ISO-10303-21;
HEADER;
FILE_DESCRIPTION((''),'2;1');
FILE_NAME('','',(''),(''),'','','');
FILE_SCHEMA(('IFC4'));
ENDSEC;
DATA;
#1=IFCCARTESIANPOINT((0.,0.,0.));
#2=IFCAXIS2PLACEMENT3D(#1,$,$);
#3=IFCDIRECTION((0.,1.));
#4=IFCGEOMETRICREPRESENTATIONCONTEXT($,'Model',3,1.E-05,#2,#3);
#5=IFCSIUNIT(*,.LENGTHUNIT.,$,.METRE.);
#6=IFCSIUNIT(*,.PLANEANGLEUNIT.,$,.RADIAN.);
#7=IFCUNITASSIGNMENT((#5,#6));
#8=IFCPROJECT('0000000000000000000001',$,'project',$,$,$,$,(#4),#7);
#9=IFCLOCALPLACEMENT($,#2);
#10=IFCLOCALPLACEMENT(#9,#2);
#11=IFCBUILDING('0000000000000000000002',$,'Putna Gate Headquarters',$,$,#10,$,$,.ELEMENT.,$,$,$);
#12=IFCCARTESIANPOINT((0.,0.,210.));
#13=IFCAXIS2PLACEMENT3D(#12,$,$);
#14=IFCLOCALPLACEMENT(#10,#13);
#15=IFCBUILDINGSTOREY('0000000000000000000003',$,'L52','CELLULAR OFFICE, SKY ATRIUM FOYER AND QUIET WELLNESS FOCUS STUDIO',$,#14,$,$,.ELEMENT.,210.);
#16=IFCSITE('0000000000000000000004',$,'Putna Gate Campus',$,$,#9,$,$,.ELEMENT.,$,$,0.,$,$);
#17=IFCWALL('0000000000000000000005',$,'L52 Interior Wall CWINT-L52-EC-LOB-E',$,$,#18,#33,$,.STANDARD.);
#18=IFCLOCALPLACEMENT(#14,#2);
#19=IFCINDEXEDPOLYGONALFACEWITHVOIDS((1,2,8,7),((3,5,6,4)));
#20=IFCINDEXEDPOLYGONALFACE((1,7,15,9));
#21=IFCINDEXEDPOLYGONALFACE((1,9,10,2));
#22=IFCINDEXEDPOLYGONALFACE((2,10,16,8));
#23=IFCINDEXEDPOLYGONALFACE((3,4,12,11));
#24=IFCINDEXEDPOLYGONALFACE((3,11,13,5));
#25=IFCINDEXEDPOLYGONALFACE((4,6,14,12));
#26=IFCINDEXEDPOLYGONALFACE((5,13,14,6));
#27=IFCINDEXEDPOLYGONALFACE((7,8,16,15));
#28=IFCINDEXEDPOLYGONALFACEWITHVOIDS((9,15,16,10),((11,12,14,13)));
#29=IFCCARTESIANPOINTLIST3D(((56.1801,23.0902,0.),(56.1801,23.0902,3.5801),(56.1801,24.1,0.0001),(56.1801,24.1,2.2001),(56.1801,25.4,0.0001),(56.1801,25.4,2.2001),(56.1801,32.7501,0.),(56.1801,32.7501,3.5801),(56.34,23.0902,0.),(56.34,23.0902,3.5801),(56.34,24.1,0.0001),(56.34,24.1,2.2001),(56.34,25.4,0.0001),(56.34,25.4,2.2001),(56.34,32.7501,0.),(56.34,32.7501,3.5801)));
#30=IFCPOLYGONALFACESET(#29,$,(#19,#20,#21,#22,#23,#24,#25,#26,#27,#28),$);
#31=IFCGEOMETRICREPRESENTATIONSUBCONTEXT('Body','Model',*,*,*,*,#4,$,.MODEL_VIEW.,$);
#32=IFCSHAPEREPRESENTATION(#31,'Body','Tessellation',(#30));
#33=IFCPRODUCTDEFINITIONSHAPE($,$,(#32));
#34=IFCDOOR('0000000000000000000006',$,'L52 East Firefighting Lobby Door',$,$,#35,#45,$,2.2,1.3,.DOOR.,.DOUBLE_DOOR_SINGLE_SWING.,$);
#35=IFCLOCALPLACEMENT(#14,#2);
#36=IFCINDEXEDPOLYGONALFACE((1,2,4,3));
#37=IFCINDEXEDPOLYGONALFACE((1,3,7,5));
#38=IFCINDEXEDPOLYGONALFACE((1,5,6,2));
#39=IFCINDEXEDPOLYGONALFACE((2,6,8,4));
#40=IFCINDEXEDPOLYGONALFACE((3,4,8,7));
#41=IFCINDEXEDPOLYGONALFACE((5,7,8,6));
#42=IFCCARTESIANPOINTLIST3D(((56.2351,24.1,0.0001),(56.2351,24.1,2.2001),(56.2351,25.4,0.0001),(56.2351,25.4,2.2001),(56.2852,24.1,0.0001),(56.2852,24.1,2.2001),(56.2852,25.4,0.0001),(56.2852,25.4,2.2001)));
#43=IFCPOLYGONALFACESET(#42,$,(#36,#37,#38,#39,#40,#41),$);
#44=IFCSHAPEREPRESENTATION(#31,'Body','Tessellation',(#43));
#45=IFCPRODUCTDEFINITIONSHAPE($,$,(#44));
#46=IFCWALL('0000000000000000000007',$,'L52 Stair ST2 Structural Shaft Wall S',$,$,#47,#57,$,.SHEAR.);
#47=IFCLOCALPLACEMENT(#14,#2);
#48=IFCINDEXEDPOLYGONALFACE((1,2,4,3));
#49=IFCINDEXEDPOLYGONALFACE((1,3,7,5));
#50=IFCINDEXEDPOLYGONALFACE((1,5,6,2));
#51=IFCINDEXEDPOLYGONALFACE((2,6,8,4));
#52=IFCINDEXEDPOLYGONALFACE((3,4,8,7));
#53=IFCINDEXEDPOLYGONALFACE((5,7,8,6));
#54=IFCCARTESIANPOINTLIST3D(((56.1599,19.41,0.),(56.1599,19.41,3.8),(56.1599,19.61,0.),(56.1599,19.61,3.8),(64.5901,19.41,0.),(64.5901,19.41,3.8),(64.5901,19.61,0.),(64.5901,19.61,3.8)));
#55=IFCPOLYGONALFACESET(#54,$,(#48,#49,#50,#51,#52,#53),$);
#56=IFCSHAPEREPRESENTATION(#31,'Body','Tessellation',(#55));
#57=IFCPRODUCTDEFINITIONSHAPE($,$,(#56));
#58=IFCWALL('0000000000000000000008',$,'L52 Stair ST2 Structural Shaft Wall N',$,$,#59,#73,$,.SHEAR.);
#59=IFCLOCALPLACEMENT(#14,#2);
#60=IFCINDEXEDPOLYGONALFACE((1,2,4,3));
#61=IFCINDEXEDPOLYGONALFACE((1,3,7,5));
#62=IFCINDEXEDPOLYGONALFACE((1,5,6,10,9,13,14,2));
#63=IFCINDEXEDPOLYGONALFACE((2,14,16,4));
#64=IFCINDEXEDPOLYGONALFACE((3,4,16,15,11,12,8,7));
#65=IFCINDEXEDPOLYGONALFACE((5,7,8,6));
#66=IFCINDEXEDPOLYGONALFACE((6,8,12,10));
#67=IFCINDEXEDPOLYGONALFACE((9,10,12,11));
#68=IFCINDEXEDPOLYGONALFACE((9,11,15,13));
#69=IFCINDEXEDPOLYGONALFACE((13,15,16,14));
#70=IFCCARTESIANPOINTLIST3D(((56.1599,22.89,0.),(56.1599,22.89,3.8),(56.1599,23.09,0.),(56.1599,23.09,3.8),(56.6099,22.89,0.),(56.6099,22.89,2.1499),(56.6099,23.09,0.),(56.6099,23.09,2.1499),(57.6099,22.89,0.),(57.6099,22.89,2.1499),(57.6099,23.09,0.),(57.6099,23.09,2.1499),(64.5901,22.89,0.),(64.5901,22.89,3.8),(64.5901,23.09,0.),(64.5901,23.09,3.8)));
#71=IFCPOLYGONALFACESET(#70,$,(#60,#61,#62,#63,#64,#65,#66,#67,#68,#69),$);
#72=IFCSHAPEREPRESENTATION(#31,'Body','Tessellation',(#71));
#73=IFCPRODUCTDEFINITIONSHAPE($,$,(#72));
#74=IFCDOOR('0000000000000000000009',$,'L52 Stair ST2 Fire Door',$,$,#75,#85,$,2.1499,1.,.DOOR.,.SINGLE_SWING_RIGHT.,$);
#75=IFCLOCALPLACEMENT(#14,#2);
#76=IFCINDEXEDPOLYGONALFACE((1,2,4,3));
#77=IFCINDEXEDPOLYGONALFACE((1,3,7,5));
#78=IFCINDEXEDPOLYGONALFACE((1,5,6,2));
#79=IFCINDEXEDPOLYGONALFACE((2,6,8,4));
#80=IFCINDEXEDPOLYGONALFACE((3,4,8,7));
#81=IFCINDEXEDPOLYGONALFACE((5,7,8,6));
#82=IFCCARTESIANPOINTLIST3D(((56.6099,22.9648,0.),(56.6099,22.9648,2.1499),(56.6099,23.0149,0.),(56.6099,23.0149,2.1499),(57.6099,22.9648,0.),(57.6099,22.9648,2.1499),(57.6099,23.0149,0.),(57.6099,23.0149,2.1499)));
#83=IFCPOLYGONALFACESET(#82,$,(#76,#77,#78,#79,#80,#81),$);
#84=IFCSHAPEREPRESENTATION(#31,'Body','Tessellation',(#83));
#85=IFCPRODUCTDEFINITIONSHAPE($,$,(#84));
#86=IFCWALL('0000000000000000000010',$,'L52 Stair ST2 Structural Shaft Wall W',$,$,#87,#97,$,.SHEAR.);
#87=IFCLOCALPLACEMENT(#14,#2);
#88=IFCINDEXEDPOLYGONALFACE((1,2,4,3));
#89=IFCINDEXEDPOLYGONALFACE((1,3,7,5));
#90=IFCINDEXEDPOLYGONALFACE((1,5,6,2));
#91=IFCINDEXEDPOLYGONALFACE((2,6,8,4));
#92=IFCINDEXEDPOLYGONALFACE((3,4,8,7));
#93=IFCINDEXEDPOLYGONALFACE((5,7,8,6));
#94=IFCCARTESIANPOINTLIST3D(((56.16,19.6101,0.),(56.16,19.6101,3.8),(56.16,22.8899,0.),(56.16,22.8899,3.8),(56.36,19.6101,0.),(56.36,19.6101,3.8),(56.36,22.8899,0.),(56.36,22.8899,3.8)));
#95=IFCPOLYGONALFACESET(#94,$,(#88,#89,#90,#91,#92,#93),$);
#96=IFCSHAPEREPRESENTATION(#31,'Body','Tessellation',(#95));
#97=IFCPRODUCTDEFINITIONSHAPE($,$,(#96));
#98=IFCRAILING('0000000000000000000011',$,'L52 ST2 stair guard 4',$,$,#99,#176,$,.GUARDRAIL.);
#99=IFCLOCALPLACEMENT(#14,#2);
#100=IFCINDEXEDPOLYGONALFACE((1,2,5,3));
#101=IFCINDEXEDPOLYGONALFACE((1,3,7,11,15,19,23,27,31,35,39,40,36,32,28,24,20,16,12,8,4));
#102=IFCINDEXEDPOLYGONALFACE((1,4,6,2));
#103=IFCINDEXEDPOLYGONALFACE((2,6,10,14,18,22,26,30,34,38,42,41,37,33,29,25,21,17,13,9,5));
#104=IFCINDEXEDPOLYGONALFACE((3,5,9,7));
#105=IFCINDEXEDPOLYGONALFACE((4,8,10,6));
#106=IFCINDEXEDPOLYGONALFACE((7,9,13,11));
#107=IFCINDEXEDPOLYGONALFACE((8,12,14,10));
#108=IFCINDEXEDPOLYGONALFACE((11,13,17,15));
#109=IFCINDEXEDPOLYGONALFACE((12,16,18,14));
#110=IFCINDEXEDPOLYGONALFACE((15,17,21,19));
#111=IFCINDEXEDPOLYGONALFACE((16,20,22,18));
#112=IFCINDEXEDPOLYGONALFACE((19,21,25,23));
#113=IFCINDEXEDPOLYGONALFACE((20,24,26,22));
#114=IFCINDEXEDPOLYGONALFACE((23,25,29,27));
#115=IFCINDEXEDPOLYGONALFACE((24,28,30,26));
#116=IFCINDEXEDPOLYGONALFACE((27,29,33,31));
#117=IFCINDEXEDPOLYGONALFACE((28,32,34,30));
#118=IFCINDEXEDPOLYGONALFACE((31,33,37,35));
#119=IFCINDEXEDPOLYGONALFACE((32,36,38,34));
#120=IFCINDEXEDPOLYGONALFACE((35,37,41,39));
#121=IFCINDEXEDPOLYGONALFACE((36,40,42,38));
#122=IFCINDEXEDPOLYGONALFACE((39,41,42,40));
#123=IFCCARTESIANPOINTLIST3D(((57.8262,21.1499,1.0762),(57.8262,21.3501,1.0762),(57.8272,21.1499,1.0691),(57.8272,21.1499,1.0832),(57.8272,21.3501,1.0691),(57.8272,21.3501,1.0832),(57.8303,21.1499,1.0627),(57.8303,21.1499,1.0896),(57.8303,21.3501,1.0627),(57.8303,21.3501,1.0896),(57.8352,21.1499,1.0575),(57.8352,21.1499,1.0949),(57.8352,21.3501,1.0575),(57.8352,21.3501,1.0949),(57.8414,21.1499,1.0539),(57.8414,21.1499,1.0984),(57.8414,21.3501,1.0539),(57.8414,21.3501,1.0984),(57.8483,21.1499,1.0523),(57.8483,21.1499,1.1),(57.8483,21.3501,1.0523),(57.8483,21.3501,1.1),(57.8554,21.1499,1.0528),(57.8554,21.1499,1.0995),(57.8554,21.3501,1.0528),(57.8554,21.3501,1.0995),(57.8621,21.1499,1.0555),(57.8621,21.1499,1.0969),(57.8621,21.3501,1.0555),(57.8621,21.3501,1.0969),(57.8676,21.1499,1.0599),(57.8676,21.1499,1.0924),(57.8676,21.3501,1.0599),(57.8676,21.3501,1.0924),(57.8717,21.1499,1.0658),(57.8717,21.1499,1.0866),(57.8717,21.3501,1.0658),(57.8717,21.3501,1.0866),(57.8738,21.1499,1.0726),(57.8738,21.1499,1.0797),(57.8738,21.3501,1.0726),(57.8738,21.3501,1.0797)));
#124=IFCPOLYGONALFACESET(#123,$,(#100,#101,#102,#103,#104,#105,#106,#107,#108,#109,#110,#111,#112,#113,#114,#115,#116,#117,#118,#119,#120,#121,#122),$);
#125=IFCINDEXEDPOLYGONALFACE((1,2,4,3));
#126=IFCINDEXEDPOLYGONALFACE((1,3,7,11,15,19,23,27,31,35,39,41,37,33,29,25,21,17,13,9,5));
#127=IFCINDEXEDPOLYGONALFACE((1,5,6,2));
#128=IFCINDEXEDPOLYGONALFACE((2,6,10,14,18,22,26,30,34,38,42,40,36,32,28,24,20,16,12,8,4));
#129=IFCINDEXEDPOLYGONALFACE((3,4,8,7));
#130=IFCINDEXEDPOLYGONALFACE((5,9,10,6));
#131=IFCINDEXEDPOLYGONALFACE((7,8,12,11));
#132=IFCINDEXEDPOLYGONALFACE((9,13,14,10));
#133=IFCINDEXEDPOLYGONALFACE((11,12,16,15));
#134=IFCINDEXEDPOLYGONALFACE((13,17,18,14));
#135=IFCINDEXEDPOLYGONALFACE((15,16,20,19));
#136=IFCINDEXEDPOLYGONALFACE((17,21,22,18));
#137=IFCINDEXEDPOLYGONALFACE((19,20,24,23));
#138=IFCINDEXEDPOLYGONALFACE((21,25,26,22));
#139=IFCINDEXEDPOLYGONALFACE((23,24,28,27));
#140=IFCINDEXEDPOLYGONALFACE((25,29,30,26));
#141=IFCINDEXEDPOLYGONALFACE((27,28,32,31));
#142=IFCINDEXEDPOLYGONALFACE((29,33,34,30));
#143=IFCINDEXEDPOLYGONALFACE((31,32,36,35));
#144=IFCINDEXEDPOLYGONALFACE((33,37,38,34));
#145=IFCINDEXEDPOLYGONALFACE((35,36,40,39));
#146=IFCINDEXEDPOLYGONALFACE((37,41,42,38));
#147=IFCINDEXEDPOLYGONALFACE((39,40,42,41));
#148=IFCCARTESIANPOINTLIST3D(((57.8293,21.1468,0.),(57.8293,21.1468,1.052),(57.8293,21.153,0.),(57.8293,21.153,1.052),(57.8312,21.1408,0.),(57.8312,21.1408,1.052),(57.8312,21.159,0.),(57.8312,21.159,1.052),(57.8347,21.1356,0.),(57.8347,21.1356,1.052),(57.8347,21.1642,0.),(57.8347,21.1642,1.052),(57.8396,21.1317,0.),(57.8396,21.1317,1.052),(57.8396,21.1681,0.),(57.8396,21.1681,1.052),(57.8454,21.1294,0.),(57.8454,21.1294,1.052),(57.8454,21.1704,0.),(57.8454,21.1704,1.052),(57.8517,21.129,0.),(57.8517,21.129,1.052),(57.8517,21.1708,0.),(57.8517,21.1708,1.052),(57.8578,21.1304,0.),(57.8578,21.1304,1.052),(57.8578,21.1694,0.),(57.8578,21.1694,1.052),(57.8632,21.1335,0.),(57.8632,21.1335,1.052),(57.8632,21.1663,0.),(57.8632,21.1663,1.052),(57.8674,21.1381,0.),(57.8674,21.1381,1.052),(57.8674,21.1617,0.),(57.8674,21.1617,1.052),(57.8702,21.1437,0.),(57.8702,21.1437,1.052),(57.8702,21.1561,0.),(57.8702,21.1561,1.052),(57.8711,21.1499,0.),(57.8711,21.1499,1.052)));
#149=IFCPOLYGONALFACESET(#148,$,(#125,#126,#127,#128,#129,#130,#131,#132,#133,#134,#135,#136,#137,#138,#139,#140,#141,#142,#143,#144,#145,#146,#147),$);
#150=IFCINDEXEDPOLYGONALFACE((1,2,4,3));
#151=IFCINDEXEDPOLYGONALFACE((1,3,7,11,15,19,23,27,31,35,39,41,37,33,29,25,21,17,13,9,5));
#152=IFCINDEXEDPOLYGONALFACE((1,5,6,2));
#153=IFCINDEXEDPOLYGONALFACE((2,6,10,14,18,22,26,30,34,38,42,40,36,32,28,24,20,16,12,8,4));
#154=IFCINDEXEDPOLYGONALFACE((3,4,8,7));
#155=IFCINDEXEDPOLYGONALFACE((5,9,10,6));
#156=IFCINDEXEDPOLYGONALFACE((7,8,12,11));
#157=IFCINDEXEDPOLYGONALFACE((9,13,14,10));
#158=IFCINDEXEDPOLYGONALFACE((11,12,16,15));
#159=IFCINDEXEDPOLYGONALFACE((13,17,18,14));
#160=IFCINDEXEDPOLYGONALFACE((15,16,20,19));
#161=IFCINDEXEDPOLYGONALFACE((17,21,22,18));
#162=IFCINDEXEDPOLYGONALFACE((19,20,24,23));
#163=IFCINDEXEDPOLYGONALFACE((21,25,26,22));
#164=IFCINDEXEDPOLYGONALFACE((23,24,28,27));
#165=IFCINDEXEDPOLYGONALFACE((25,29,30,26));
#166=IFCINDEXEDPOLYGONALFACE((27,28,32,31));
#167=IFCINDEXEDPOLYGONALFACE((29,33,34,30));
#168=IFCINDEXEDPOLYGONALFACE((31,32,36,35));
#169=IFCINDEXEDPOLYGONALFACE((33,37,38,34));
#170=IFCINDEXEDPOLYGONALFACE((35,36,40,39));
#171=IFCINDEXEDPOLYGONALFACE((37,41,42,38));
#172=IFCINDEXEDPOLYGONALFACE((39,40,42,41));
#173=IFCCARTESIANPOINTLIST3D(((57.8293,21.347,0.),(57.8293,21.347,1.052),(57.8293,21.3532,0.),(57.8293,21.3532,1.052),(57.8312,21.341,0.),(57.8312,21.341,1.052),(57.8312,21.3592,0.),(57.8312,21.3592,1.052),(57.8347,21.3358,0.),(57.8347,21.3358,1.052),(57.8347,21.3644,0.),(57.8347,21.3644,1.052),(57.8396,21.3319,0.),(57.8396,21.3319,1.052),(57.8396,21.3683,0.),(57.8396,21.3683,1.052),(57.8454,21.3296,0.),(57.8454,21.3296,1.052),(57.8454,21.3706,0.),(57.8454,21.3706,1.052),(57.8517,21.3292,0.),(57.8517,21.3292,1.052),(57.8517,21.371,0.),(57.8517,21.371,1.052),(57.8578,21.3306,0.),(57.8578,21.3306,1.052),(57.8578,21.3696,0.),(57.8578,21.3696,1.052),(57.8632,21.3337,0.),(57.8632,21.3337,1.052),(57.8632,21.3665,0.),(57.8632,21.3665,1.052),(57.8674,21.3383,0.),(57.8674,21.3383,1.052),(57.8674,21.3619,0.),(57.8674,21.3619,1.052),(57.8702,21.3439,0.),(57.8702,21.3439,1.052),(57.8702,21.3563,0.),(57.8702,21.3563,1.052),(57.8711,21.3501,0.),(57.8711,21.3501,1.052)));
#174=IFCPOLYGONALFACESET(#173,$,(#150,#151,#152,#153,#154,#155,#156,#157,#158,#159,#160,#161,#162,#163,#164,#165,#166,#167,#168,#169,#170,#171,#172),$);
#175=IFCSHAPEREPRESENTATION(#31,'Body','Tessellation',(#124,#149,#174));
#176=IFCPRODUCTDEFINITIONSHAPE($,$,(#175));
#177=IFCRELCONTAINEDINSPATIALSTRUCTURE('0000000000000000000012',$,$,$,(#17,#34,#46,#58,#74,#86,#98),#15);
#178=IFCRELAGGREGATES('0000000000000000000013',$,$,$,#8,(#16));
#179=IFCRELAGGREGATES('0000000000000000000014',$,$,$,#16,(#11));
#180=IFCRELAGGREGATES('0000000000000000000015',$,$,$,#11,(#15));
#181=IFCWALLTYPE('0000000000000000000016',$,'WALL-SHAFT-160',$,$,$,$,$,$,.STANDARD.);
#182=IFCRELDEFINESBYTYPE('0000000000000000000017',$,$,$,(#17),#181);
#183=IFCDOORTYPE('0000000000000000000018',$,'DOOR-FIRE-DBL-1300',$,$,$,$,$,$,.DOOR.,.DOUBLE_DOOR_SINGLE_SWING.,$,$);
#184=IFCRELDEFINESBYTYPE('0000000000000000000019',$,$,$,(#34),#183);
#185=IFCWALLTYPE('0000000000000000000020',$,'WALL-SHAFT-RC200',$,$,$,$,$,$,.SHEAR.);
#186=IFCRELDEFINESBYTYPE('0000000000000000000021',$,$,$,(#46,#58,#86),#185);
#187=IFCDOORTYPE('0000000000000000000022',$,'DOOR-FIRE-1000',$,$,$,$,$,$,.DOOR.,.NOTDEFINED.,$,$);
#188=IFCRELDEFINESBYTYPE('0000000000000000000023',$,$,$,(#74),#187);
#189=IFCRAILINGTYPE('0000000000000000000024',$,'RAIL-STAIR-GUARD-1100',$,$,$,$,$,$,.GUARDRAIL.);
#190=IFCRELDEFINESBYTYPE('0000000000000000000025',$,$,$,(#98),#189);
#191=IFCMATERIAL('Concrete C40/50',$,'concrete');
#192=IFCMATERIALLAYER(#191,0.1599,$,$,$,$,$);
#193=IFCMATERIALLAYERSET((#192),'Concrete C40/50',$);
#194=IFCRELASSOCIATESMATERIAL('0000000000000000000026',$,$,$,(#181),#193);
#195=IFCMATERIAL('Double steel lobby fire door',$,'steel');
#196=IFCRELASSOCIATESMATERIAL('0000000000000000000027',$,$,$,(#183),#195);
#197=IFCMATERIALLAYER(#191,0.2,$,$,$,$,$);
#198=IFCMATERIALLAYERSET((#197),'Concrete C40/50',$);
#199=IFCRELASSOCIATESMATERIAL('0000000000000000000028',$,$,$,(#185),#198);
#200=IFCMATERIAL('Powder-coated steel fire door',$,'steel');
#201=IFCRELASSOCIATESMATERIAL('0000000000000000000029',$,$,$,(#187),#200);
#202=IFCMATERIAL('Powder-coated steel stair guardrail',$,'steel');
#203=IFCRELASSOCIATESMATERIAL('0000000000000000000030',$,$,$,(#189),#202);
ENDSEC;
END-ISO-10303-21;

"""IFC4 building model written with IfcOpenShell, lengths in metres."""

from ifc_helpers import new_model, si_unit, direction, frame, frame_2d, origin, origin_2d, place, context, subcontext, project, spatial, rectangle, circle, extrude, material, layer, layer_set, type_object, element, fill, save


model = new_model("IFC4")

# Units and contexts
model_context = context("Model", 3, precision=1e-05, world=origin(), true_north=direction((0.0, 1.0)))
body_context = subcontext(model_context, "Body", "Model", "MODEL_VIEW")
ifc_project = project(units=[si_unit("LENGTHUNIT", "METRE"), si_unit("PLANEANGLEUNIT", "RADIAN")], contexts=[model_context])

# Site, building, storey
site_placement = place(None, origin())
site = spatial("IfcSite", under=ifc_project, at=site_placement, Name="Putna Gate Campus", CompositionType="ELEMENT", RefElevation=0.0)
building_placement = place(site_placement, origin())
building = spatial("IfcBuilding", under=site, at=building_placement, Name="Putna Gate Headquarters", CompositionType="ELEMENT")
storey_placement = place(building_placement, frame((0.0, 0.0, 210.0)))
storey = spatial("IfcBuildingStorey", under=building, at=storey_placement, Name="L52", Description="CELLULAR OFFICE, SKY ATRIUM FOYER AND QUIET WELLNESS FOCUS STUDIO", CompositionType="ELEMENT", Elevation=210.0)

# Shared definitions
ifc_material_1 = material(Name="Concrete C40/50", Category="concrete")
ifc_layer_1 = layer(ifc_material_1, 0.1599)
ifc_layer_set_1 = layer_set([ifc_layer_1], Name="Concrete C40/50")
wall_type_1 = type_object("IfcWallType", Name="WALL-SHAFT-160", PredefinedType="STANDARD", material=ifc_layer_set_1)

# Wall, opening, door
wall_1_placement = place(storey_placement, frame((56.26, 23.0901, 0.0), z_axis=(0.0, 0.0, 1.0), x_axis=(0.0, 1.0, 0.0)))
wall_1 = element("IfcWall", 1, at=wall_1_placement, inside=storey, type_object=wall_type_1, Name="L52 Interior Wall CWINT-L52-EC-LOB-E", PredefinedType="STANDARD", context=body_context, shape_type="SweptSolid", body=[
    extrude(rectangle(XDim=9.6599, YDim=0.1599, at=frame_2d((4.8301, 0.0))), origin(), (0.0, 0.0, 1.0), 3.5801),
])
opening_1_placement = place(wall_1_placement, frame((1.01, 0.0, 0.0)))
opening_1 = element("IfcOpeningElement", 2, at=opening_1_placement, cuts=wall_1, PredefinedType="OPENING", context=body_context, shape_type="SweptSolid", body=[
    extrude(rectangle(XDim=1.3, YDim=2.2, at=frame_2d((0.6499, 1.1001))), frame((0.0, 0.0898, 0.0), z_axis=(0.0, -1.0, 0.0), x_axis=(1.0, 0.0, 0.0)), (0.0, 0.0, 1.0), 0.1799),
])
ifc_material_2 = material(Name="Double steel lobby fire door", Category="steel")
door_type_1 = type_object("IfcDoorType", Name="DOOR-FIRE-DBL-1300", OperationType="DOUBLE_DOOR_SINGLE_SWING", PredefinedType="DOOR", material=ifc_material_2)
door_1_placement = place(opening_1_placement, origin())
door_1 = element("IfcDoor", 3, at=door_1_placement, inside=storey, type_object=door_type_1, Name="L52 East Firefighting Lobby Door", OperationType="DOUBLE_DOOR_SINGLE_SWING", OverallHeight=2.2, OverallWidth=1.3, PredefinedType="DOOR", context=body_context, shape_type="SweptSolid", body=[
    extrude(rectangle(XDim=1.3, YDim=2.2, at=frame_2d((0.6499, 1.1001))), frame((0.0, 0.0249, 0.0), z_axis=(0.0, -1.0, 0.0), x_axis=(1.0, 0.0, 0.0)), (0.0, 0.0, 1.0), 0.05),
])
fill(opening_1, door_1)

# Wall
ifc_layer_2 = layer(ifc_material_1, 0.2)
ifc_layer_set_2 = layer_set([ifc_layer_2], Name="Concrete C40/50")
wall_type_2 = type_object("IfcWallType", Name="WALL-SHAFT-RC200", PredefinedType="SHEAR", material=ifc_layer_set_2)
wall_2_placement = place(storey_placement, frame((56.1599, 19.51, 0.0), z_axis=(0.0, 0.0, 1.0), x_axis=(1.0, 0.0, 0.0)))
element("IfcWall", 4, at=wall_2_placement, inside=storey, type_object=wall_type_2, Name="L52 Stair ST2 Structural Shaft Wall S", PredefinedType="SHEAR", context=body_context, shape_type="SweptSolid", body=[
    extrude(rectangle(XDim=8.4302, YDim=0.2, at=frame_2d((4.2151, 0.0))), origin(), (0.0, 0.0, 1.0), 3.8),
])

# Wall, opening, door
wall_3_placement = place(storey_placement, frame((56.1599, 22.99, 0.0), z_axis=(0.0, 0.0, 1.0), x_axis=(1.0, 0.0, 0.0)))
wall_3 = element("IfcWall", 5, at=wall_3_placement, inside=storey, type_object=wall_type_2, Name="L52 Stair ST2 Structural Shaft Wall N", PredefinedType="SHEAR", context=body_context, shape_type="SweptSolid", body=[
    extrude(rectangle(XDim=8.4302, YDim=0.2, at=frame_2d((4.2151, 0.0))), origin(), (0.0, 0.0, 1.0), 3.8),
])
opening_2_placement = place(wall_3_placement, frame((0.45, 0.0, 0.0)))
opening_2 = element("IfcOpeningElement", 6, at=opening_2_placement, cuts=wall_3, PredefinedType="OPENING", context=body_context, shape_type="SweptSolid", body=[
    extrude(rectangle(XDim=1.0, YDim=2.1499, at=frame_2d((0.5, 1.075))), frame((0.0, 0.1099, 0.0), z_axis=(0.0, -1.0, 0.0), x_axis=(1.0, 0.0, 0.0)), (0.0, 0.0, 1.0), 0.22),
])
ifc_material_3 = material(Name="Powder-coated steel fire door", Category="steel")
door_type_2 = type_object("IfcDoorType", Name="DOOR-FIRE-1000", OperationType="NOTDEFINED", PredefinedType="DOOR", material=ifc_material_3)
door_2_placement = place(opening_2_placement, origin())
door_2 = element("IfcDoor", 7, at=door_2_placement, inside=storey, type_object=door_type_2, Name="L52 Stair ST2 Fire Door", OperationType="SINGLE_SWING_RIGHT", OverallHeight=2.1499, OverallWidth=1.0, PredefinedType="DOOR", context=body_context, shape_type="SweptSolid", body=[
    extrude(rectangle(XDim=1.0, YDim=2.1499, at=frame_2d((0.5, 1.075))), frame((0.0, 0.0249, 0.0), z_axis=(0.0, -1.0, 0.0), x_axis=(1.0, 0.0, 0.0)), (0.0, 0.0, 1.0), 0.05),
])
fill(opening_2, door_2)

# Wall
wall_4_placement = place(storey_placement, frame((56.26, 19.6101, 0.0), z_axis=(0.0, 0.0, 1.0), x_axis=(0.0, 1.0, 0.0)))
element("IfcWall", 8, at=wall_4_placement, inside=storey, type_object=wall_type_2, Name="L52 Stair ST2 Structural Shaft Wall W", PredefinedType="SHEAR", context=body_context, shape_type="SweptSolid", body=[
    extrude(rectangle(XDim=3.2798, YDim=0.2, at=frame_2d((1.6399, 0.0))), origin(), (0.0, 0.0, 1.0), 3.8),
])

# Railing
ifc_material_4 = material(Name="Powder-coated steel stair guardrail", Category="steel")
railing_type_1 = type_object("IfcRailingType", Name="RAIL-STAIR-GUARD-1100", PredefinedType="GUARDRAIL", material=ifc_material_4)
railing_1_placement = place(storey_placement, frame((57.8501, 21.1499, 0.0)))
element("IfcRailing", 9, at=railing_1_placement, inside=storey, type_object=railing_type_1, Name="L52 ST2 stair guard 4", PredefinedType="GUARDRAIL", context=body_context, shape_type="SweptSolid", body=[
    extrude(circle(Radius=0.0239, at=origin_2d()), frame((0.0, 0.0, 1.0762), z_axis=(0.0, 1.0, 0.0), x_axis=(-1.0, 0.0, 0.0)), (0.0, 0.0, 1.0), 0.2002),
    extrude(circle(Radius=0.021, at=origin_2d()), origin(), (0.0, 0.0, 1.0), 1.052),
    extrude(circle(Radius=0.021, at=origin_2d()), frame((0.0, 0.2002, 0.0)), (0.0, 0.0, 1.0), 1.052),
])

save(model, "model.ifc")
